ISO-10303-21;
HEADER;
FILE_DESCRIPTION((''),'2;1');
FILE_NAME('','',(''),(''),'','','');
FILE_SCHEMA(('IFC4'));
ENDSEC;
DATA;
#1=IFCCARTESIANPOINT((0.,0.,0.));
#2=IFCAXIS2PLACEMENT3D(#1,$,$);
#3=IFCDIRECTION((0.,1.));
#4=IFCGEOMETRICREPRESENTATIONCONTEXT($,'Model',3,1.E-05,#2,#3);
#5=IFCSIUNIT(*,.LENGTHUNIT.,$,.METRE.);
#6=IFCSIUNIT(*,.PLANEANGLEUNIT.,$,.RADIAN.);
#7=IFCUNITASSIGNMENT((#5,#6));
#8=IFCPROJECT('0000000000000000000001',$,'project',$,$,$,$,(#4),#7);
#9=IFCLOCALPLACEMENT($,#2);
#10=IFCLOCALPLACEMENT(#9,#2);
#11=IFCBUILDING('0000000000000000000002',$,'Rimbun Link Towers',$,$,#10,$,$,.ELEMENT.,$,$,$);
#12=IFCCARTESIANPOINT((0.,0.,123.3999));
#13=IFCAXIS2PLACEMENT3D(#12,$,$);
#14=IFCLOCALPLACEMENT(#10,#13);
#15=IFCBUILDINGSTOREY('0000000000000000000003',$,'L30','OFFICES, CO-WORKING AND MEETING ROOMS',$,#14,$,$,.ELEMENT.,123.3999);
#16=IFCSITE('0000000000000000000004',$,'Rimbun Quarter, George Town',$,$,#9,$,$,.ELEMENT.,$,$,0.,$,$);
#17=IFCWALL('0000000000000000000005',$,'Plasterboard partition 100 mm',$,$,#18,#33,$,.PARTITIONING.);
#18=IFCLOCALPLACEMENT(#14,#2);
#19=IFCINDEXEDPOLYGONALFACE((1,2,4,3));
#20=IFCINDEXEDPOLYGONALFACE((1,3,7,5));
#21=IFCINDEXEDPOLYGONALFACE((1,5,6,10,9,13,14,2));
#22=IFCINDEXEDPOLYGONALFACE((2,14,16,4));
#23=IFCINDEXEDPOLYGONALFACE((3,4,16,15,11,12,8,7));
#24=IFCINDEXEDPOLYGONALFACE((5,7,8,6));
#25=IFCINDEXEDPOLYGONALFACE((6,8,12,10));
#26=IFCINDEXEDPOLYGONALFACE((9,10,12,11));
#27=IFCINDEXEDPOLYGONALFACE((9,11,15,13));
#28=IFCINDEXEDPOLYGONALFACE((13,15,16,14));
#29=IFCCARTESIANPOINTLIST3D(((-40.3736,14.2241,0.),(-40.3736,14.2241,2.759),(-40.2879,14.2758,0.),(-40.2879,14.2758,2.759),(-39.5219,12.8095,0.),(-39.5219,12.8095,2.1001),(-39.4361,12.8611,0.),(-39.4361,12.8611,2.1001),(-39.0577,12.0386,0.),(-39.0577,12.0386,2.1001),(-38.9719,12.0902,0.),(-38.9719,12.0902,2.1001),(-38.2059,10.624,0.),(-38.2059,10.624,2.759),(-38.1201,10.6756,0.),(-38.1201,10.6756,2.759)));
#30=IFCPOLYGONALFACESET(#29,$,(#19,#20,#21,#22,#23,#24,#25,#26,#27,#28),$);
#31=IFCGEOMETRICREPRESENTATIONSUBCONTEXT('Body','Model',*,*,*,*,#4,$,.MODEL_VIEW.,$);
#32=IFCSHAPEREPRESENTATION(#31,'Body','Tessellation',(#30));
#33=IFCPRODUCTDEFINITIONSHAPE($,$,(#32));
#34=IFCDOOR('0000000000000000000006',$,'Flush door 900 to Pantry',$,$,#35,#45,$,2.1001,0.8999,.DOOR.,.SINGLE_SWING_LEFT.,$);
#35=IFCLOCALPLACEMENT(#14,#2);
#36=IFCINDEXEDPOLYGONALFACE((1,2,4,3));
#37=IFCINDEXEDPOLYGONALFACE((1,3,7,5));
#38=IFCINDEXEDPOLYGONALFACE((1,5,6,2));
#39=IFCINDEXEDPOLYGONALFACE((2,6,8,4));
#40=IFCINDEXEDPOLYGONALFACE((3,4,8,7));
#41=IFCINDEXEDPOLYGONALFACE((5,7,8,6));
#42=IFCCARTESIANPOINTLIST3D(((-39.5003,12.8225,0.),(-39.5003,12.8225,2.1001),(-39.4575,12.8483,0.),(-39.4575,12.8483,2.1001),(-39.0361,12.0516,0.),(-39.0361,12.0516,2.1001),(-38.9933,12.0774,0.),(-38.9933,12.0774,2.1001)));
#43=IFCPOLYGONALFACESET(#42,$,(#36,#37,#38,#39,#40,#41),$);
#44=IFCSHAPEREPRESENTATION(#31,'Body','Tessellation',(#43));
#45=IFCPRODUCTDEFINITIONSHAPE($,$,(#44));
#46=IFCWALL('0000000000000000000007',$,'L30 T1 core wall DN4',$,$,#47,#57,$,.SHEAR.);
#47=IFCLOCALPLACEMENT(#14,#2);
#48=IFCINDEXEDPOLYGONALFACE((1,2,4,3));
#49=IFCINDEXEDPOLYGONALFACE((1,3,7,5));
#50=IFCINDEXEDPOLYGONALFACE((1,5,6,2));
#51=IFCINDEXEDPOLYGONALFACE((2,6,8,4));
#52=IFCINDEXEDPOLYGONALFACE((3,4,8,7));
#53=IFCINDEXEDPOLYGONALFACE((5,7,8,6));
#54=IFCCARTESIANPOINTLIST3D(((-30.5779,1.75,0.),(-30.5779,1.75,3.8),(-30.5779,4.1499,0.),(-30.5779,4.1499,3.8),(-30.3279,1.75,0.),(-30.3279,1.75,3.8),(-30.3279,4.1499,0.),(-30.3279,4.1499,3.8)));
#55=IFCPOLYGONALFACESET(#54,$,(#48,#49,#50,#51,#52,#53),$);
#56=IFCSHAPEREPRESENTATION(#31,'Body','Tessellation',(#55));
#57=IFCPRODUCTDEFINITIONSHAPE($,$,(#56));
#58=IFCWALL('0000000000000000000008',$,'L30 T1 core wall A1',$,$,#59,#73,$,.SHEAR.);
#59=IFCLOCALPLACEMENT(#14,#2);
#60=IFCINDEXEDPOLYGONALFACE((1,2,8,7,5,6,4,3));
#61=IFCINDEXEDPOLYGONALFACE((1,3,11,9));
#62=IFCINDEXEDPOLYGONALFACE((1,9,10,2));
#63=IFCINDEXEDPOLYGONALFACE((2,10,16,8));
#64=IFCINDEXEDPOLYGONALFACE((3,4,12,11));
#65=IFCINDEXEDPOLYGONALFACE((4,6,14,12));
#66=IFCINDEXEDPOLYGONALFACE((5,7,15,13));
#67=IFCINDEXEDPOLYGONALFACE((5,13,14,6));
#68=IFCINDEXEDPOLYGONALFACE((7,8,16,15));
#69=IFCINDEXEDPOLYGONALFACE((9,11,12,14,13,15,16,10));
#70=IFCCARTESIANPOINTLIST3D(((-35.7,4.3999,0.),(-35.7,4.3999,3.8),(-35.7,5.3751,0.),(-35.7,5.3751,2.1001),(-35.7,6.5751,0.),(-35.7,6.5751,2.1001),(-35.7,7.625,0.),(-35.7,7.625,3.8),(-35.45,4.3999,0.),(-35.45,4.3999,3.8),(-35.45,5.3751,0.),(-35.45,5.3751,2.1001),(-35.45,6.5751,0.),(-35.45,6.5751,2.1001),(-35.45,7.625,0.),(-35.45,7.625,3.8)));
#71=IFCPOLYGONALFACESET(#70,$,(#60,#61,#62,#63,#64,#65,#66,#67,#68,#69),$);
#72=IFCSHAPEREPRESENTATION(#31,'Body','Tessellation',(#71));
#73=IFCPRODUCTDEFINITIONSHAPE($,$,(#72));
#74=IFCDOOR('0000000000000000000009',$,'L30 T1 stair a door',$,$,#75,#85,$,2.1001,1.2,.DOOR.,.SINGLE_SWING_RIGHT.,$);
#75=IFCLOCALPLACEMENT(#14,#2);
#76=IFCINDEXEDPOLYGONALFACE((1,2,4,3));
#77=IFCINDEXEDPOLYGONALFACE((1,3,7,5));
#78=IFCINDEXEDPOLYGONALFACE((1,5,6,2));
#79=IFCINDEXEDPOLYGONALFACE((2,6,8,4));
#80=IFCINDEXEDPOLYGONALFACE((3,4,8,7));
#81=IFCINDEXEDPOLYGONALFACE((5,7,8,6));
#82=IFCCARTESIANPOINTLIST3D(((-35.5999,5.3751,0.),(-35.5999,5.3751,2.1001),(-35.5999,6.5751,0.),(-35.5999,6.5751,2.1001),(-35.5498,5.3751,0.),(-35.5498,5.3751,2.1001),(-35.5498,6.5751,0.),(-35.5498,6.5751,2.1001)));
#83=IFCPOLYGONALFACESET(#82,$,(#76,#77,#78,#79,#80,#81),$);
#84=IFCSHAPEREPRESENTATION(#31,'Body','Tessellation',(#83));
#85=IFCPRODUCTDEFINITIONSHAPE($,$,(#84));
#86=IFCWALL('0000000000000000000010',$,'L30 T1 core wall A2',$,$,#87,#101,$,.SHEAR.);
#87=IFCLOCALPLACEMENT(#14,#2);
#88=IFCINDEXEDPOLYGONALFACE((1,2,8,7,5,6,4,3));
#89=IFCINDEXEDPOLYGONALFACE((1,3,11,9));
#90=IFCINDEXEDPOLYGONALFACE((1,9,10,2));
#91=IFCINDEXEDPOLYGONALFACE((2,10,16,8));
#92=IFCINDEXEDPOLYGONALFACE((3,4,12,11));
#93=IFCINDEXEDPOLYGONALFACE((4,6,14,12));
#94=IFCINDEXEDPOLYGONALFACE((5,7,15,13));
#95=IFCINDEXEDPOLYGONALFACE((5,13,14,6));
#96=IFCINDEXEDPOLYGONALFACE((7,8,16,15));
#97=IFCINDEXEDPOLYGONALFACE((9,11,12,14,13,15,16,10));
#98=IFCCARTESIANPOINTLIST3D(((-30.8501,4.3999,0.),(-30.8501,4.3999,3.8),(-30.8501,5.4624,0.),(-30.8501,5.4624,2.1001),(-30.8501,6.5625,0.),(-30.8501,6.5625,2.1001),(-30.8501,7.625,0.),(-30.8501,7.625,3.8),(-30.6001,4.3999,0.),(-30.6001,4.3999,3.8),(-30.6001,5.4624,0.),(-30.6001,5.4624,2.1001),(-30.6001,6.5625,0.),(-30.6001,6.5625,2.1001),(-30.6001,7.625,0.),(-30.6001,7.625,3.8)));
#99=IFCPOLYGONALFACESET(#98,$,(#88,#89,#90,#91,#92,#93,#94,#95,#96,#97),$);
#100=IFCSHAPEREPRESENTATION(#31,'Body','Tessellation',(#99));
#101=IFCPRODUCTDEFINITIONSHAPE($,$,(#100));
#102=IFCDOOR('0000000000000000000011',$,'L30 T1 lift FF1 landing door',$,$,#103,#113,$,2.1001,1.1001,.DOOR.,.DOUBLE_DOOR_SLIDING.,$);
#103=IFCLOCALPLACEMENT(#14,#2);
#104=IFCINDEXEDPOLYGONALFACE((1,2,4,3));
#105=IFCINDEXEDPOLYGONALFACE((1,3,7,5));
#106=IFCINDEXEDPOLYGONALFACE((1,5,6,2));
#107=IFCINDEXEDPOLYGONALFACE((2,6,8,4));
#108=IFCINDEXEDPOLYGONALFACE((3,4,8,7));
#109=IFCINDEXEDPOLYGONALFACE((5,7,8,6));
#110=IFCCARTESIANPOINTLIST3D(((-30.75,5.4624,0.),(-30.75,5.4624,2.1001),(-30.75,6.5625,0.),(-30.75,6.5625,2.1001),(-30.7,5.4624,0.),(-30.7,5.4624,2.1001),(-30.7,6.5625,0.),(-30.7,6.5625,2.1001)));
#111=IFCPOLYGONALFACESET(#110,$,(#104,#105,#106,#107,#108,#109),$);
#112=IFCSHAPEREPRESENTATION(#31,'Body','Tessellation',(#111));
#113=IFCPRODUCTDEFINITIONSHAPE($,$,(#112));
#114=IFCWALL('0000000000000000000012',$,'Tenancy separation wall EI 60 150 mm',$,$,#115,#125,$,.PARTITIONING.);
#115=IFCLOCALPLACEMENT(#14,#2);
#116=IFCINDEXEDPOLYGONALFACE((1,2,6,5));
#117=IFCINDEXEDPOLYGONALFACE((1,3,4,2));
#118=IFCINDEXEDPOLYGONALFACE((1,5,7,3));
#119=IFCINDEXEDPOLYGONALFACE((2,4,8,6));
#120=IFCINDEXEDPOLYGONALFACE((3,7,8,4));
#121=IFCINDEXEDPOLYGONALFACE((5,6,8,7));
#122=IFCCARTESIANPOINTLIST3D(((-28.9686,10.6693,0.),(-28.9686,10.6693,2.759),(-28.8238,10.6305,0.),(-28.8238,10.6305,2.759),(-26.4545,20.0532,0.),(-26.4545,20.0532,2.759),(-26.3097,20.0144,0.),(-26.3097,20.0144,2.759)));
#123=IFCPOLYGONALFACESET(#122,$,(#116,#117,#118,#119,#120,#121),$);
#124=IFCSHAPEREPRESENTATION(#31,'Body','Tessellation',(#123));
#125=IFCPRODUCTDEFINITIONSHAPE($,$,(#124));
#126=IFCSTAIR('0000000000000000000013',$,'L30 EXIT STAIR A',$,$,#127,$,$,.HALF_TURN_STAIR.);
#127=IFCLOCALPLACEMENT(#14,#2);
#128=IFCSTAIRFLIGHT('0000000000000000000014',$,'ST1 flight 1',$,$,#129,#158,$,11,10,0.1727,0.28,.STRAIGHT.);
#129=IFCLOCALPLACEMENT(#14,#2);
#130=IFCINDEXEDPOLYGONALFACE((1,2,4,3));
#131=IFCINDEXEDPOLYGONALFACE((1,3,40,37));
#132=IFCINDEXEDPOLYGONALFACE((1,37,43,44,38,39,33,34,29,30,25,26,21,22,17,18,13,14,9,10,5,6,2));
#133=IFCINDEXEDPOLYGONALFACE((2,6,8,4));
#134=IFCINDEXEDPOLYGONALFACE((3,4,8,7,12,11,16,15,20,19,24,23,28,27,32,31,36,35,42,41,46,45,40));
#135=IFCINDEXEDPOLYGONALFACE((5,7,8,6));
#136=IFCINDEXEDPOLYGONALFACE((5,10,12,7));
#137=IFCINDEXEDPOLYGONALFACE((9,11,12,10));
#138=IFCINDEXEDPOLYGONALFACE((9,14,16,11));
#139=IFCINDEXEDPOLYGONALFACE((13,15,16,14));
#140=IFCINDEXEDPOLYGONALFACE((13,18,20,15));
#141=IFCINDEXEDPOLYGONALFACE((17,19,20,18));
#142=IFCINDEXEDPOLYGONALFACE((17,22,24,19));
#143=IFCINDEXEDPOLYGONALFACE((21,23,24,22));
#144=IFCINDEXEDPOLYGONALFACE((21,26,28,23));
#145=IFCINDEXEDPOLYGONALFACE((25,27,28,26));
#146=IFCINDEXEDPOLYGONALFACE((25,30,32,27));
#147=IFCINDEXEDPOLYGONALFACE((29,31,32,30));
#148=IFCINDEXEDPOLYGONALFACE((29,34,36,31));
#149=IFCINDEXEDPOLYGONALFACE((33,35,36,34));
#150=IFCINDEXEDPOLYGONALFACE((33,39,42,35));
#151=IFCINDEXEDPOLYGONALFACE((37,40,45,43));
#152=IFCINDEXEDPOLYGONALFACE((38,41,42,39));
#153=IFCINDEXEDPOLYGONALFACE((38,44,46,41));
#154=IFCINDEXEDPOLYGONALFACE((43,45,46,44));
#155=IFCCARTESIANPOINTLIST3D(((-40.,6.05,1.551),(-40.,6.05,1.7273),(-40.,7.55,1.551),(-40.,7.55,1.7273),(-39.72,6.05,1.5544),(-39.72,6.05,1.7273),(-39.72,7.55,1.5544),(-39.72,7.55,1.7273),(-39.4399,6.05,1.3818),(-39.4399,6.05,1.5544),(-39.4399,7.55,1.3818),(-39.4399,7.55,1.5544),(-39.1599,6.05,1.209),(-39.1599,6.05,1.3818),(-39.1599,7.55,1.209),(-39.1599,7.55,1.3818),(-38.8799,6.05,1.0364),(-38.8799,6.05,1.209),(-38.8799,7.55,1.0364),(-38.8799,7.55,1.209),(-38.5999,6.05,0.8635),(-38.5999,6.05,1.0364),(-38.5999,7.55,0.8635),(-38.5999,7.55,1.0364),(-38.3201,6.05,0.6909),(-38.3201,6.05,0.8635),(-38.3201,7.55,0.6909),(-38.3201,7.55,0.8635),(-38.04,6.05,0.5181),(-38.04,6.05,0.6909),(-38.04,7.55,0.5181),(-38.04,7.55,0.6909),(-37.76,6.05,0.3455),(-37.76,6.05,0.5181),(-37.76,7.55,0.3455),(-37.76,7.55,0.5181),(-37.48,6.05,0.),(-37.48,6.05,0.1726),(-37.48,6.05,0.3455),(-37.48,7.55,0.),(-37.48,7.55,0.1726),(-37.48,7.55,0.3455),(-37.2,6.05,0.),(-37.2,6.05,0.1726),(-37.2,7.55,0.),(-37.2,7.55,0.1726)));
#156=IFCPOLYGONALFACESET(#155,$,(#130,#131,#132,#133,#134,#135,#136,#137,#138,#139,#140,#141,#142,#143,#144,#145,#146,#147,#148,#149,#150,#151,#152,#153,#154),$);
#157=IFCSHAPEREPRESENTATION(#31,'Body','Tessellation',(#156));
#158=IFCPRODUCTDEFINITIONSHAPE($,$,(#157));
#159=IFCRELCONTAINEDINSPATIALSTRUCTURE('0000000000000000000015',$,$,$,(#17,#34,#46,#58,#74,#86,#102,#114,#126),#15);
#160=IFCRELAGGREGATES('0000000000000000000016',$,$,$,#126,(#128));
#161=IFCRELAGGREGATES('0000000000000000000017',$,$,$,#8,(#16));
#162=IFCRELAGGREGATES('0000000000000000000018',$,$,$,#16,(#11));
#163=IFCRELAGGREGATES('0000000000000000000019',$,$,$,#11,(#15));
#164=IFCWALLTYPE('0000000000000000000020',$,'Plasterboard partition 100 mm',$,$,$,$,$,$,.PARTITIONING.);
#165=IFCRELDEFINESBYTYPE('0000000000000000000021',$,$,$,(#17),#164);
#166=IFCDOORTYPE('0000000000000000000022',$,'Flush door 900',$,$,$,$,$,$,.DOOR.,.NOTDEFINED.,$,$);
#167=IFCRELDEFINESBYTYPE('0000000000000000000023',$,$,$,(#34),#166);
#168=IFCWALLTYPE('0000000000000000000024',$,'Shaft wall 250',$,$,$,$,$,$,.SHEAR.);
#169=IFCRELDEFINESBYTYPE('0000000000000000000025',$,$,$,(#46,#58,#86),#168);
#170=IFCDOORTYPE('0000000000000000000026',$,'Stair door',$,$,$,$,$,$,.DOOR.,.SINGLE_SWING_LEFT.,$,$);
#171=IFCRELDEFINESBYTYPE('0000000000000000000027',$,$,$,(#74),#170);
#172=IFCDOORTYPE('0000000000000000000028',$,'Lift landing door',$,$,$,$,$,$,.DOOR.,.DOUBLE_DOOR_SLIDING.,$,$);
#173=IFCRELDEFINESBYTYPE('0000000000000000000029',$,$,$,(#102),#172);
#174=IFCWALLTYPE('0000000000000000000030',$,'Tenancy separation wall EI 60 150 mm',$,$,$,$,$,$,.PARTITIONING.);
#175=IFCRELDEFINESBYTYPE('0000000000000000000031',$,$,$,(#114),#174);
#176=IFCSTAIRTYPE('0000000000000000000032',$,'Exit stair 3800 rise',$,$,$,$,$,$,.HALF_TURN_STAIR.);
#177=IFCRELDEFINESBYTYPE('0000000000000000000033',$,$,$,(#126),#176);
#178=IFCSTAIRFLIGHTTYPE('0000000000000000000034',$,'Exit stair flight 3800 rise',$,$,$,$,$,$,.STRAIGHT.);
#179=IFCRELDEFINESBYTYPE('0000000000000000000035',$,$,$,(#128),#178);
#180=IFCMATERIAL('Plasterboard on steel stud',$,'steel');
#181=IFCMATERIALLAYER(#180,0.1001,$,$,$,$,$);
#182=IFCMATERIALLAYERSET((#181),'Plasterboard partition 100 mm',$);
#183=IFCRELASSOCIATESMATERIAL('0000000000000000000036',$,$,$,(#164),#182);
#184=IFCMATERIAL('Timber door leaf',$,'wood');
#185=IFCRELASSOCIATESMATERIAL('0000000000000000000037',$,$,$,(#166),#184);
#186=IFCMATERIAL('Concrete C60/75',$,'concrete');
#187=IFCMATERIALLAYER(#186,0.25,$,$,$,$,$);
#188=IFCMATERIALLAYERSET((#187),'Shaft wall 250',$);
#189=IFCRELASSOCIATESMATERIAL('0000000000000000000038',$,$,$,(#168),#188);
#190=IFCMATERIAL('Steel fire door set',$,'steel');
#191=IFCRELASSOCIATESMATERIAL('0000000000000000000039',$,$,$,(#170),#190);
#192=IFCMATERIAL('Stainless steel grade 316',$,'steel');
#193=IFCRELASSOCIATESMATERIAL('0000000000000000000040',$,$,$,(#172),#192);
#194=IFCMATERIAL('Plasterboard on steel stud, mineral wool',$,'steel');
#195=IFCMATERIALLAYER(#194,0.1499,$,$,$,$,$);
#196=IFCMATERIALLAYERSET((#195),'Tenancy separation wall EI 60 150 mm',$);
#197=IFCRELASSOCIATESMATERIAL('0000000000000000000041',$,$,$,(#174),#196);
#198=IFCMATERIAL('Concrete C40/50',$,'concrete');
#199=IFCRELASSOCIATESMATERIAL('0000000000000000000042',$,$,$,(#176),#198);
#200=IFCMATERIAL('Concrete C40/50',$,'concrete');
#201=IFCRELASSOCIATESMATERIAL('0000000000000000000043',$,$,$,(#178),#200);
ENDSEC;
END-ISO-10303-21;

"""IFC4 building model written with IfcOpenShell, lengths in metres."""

from ifc_helpers import new_model, si_unit, direction, frame, frame_2d, origin, place, context, subcontext, project, spatial, polyline, rectangle, outline, extrude, material, layer, layer_set, type_object, element, fill, aggregate, save


model = new_model("IFC4")

# Units and contexts
model_context = context("Model", 3, precision=1e-05, world=origin(), true_north=direction((0.0, 1.0)))
body_context = subcontext(model_context, "Body", "Model", "MODEL_VIEW")
ifc_project = project(units=[si_unit("LENGTHUNIT", "METRE"), si_unit("PLANEANGLEUNIT", "RADIAN")], contexts=[model_context])

# Site, building, storey
site_placement = place(None, origin())
site = spatial("IfcSite", under=ifc_project, at=site_placement, Name="Rimbun Quarter, George Town", CompositionType="ELEMENT", RefElevation=0.0)
building_placement = place(site_placement, origin())
building = spatial("IfcBuilding", under=site, at=building_placement, Name="Rimbun Link Towers", CompositionType="ELEMENT")
storey_placement = place(building_placement, frame((0.0, 0.0, 123.3999)))
storey = spatial("IfcBuildingStorey", under=building, at=storey_placement, Name="L30", Description="OFFICES, CO-WORKING AND MEETING ROOMS", CompositionType="ELEMENT", Elevation=123.3999)

# Wall, opening, door
ifc_material_1 = material(Name="Plasterboard on steel stud", Category="steel")
ifc_layer_1 = layer(ifc_material_1, 0.1001)
ifc_layer_set_1 = layer_set([ifc_layer_1], Name="Plasterboard partition 100 mm")
wall_type_1 = type_object("IfcWallType", Name="Plasterboard partition 100 mm", PredefinedType="PARTITIONING", material=ifc_layer_set_1)
ifc_material_2 = material(Name="Timber door leaf", Category="wood")
door_type_1 = type_object("IfcDoorType", Name="Flush door 900", OperationType="NOTDEFINED", PredefinedType="DOOR", material=ifc_material_2)
wall_1_placement = place(storey_placement, frame((-38.1631, 10.6499, 0.0), z_axis=(0.0, 0.0, 1.0), x_axis=(-0.515836, 0.856687, 0.0)))
wall_1 = element("IfcWall", 1, at=wall_1_placement, inside=storey, type_object=wall_type_1, Name="Plasterboard partition 100 mm", PredefinedType="PARTITIONING", context=body_context, shape_type="SweptSolid", body=[
    extrude(rectangle(XDim=4.2024, YDim=0.1001, at=frame_2d((2.1011, 0.0))), origin(), (0.0, 0.0, 1.0), 2.759),
])
opening_1_placement = place(wall_1_placement, frame((1.6511, 0.0, 0.0)))
opening_1 = element("IfcOpeningElement", 2, at=opening_1_placement, cuts=wall_1, PredefinedType="OPENING", context=body_context, shape_type="SweptSolid", body=[
    extrude(rectangle(XDim=0.8999, YDim=2.1001, at=frame_2d((0.45, 1.05))), frame((0.0, 0.0601, 0.0), z_axis=(0.0, -1.0, 0.0), x_axis=(1.0, 0.0, 0.0)), (0.0, 0.0, 1.0), 0.1201),
])
door_1_placement = place(opening_1_placement, origin())
door_1 = element("IfcDoor", 3, at=door_1_placement, inside=storey, type_object=door_type_1, Name="Flush door 900 to Pantry", OperationType="SINGLE_SWING_LEFT", OverallHeight=2.1001, OverallWidth=0.8999, PredefinedType="DOOR", context=body_context, shape_type="SweptSolid", body=[
    extrude(rectangle(XDim=0.8999, YDim=2.1001, at=frame_2d((0.45, 1.05))), frame((0.0, 0.0249, 0.0), z_axis=(0.0, -1.0, 0.0), x_axis=(1.0, 0.0, 0.0)), (0.0, 0.0, 1.0), 0.05),
])
fill(opening_1, door_1)

# Wall
ifc_material_3 = material(Name="Concrete C60/75", Category="concrete")
ifc_layer_2 = layer(ifc_material_3, 0.25)
ifc_layer_set_2 = layer_set([ifc_layer_2], Name="Shaft wall 250")
wall_type_2 = type_object("IfcWallType", Name="Shaft wall 250", PredefinedType="SHEAR", material=ifc_layer_set_2)
wall_2_placement = place(storey_placement, frame((-30.4529, 1.75, 0.0), z_axis=(0.0, 0.0, 1.0), x_axis=(0.0, 1.0, 0.0)))
element("IfcWall", 4, at=wall_2_placement, inside=storey, type_object=wall_type_2, Name="L30 T1 core wall DN4", PredefinedType="SHEAR", context=body_context, shape_type="SweptSolid", body=[
    extrude(rectangle(XDim=2.3999, YDim=0.25, at=frame_2d((1.2, 0.0))), origin(), (0.0, 0.0, 1.0), 3.8),
])

# Walls, openings, doors
wall_3_placement = place(storey_placement, frame((-35.575, 4.3999, 0.0), z_axis=(0.0, 0.0, 1.0), x_axis=(0.0, 1.0, 0.0)))
wall_3 = element("IfcWall", 5, at=wall_3_placement, inside=storey, type_object=wall_type_2, Name="L30 T1 core wall A1", PredefinedType="SHEAR", context=body_context, shape_type="SweptSolid", body=[
    extrude(rectangle(XDim=3.2251, YDim=0.25, at=frame_2d((1.6125, 0.0))), origin(), (0.0, 0.0, 1.0), 3.8),
])
opening_2_placement = place(wall_3_placement, frame((0.9751, 0.0, 0.0)))
opening_2 = element("IfcOpeningElement", 6, at=opening_2_placement, cuts=wall_3, PredefinedType="OPENING", context=body_context, shape_type="SweptSolid", body=[
    extrude(rectangle(XDim=1.2, YDim=2.1001, at=frame_2d((0.6001, 1.05))), frame((0.0, 0.135, 0.0), z_axis=(0.0, -1.0, 0.0), x_axis=(1.0, 0.0, 0.0)), (0.0, 0.0, 1.0), 0.27),
])
ifc_material_4 = material(Name="Steel fire door set", Category="steel")
door_type_2 = type_object("IfcDoorType", Name="Stair door", OperationType="SINGLE_SWING_LEFT", PredefinedType="DOOR", material=ifc_material_4)
door_2_placement = place(opening_2_placement, origin())
door_2 = element("IfcDoor", 7, at=door_2_placement, inside=storey, type_object=door_type_2, Name="L30 T1 stair a door", OperationType="SINGLE_SWING_RIGHT", OverallHeight=2.1001, OverallWidth=1.2, PredefinedType="DOOR", context=body_context, shape_type="SweptSolid", body=[
    extrude(rectangle(XDim=1.2, YDim=2.1001, at=frame_2d((0.6001, 1.05))), frame((0.0, 0.0249, 0.0), z_axis=(0.0, -1.0, 0.0), x_axis=(1.0, 0.0, 0.0)), (0.0, 0.0, 1.0), 0.05),
])
fill(opening_2, door_2)
wall_4_placement = place(storey_placement, frame((-30.7251, 4.3999, 0.0), z_axis=(0.0, 0.0, 1.0), x_axis=(0.0, 1.0, 0.0)))
wall_4 = element("IfcWall", 8, at=wall_4_placement, inside=storey, type_object=wall_type_2, Name="L30 T1 core wall A2", PredefinedType="SHEAR", context=body_context, shape_type="SweptSolid", body=[
    extrude(rectangle(XDim=3.2251, YDim=0.25, at=frame_2d((1.6125, 0.0))), origin(), (0.0, 0.0, 1.0), 3.8),
])
opening_3_placement = place(wall_4_placement, frame((1.0625, 0.0, 0.0)))
opening_3 = element("IfcOpeningElement", 9, at=opening_3_placement, cuts=wall_4, PredefinedType="OPENING", context=body_context, shape_type="SweptSolid", body=[
    extrude(rectangle(XDim=1.1001, YDim=2.1001, at=frame_2d((0.55, 1.05))), frame((0.0, 0.135, 0.0), z_axis=(0.0, -1.0, 0.0), x_axis=(1.0, 0.0, 0.0)), (0.0, 0.0, 1.0), 0.27),
])
ifc_material_5 = material(Name="Stainless steel grade 316", Category="steel")
door_type_3 = type_object("IfcDoorType", Name="Lift landing door", OperationType="DOUBLE_DOOR_SLIDING", PredefinedType="DOOR", material=ifc_material_5)
door_3_placement = place(opening_3_placement, origin())
door_3 = element("IfcDoor", 10, at=door_3_placement, inside=storey, type_object=door_type_3, Name="L30 T1 lift FF1 landing door", OperationType="DOUBLE_DOOR_SLIDING", OverallHeight=2.1001, OverallWidth=1.1001, PredefinedType="DOOR", context=body_context, shape_type="SweptSolid", body=[
    extrude(rectangle(XDim=1.1001, YDim=2.1001, at=frame_2d((0.55, 1.05))), frame((0.0, 0.0249, 0.0), z_axis=(0.0, -1.0, 0.0), x_axis=(1.0, 0.0, 0.0)), (0.0, 0.0, 1.0), 0.05),
])
fill(opening_3, door_3)

# Wall
ifc_material_6 = material(Name="Plasterboard on steel stud, mineral wool", Category="steel")
ifc_layer_3 = layer(ifc_material_6, 0.1499)
ifc_layer_set_3 = layer_set([ifc_layer_3], Name="Tenancy separation wall EI 60 150 mm")
wall_type_3 = type_object("IfcWallType", Name="Tenancy separation wall EI 60 150 mm", PredefinedType="PARTITIONING", material=ifc_layer_set_3)
wall_5_placement = place(storey_placement, frame((-28.8962, 10.6499, 0.0), z_axis=(0.0, 0.0, 1.0), x_axis=(0.258798, 0.965931, 0.0)))
element("IfcWall", 11, at=wall_5_placement, inside=storey, type_object=wall_type_3, Name="Tenancy separation wall EI 60 150 mm", PredefinedType="PARTITIONING", context=body_context, shape_type="SweptSolid", body=[
    extrude(rectangle(XDim=9.7148, YDim=0.1499, at=frame_2d((4.8574, 0.0))), origin(), (0.0, 0.0, 1.0), 2.759),
])

# Stair, stair flight
ifc_material_7 = material(Name="Concrete C40/50", Category="concrete")
stair_type = type_object("IfcStairType", Name="Exit stair 3800 rise", PredefinedType="HALF_TURN_STAIR", material=ifc_material_7)
stair_placement = place(storey_placement, origin())
stair = element("IfcStair", 12, at=stair_placement, inside=storey, type_object=stair_type, Name="L30 EXIT STAIR A", PredefinedType="HALF_TURN_STAIR")
ifc_material_8 = material(Name="Concrete C40/50", Category="concrete")
stair_flight_type = type_object("IfcStairFlightType", Name="Exit stair flight 3800 rise", PredefinedType="STRAIGHT", material=ifc_material_8)
stair_flight_placement = place(storey_placement, frame((-37.2, 6.8, 0.0), z_axis=(0.0, 0.0, 1.0), x_axis=(-1.0, 0.0, 0.0)))
stair_flight = element("IfcStairFlight", 13, at=stair_flight_placement, type_object=stair_flight_type, Name="ST1 flight 1", NumberOfRisers=11, NumberOfTreads=10, PredefinedType="STRAIGHT", RiserHeight=0.1727, TreadLength=0.28, context=body_context, shape_type="SweptSolid", body=[
    extrude(outline(polyline([(0.0, 0.0), (0.0, 0.1726), (0.28, 0.1726), (0.28, 0.3455), (0.5601, 0.3455), (0.5601, 0.5181), (0.8401, 0.5181), (0.8401, 0.6909), (1.1201, 0.6909), (1.1201, 0.8635), (1.3999, 0.8635), (1.3999, 1.0364), (1.6799, 1.0364), (1.6799, 1.209), (1.96, 1.209), (1.96, 1.3818), (2.24, 1.3818), (2.24, 1.5544), (2.52, 1.5544), (2.52, 1.7273), (2.8, 1.7273), (2.8, 1.8999), (2.8, 1.551), (0.28, 0.0), (0.0, 0.0)])), frame((0.0, 0.75, 0.0), z_axis=(0.0, -1.0, 0.0), x_axis=(1.0, 0.0, 0.0)), (0.0, 0.0, 1.0), 1.5),
])
aggregate(stair, [stair_flight])

save(model, "model.ifc")
